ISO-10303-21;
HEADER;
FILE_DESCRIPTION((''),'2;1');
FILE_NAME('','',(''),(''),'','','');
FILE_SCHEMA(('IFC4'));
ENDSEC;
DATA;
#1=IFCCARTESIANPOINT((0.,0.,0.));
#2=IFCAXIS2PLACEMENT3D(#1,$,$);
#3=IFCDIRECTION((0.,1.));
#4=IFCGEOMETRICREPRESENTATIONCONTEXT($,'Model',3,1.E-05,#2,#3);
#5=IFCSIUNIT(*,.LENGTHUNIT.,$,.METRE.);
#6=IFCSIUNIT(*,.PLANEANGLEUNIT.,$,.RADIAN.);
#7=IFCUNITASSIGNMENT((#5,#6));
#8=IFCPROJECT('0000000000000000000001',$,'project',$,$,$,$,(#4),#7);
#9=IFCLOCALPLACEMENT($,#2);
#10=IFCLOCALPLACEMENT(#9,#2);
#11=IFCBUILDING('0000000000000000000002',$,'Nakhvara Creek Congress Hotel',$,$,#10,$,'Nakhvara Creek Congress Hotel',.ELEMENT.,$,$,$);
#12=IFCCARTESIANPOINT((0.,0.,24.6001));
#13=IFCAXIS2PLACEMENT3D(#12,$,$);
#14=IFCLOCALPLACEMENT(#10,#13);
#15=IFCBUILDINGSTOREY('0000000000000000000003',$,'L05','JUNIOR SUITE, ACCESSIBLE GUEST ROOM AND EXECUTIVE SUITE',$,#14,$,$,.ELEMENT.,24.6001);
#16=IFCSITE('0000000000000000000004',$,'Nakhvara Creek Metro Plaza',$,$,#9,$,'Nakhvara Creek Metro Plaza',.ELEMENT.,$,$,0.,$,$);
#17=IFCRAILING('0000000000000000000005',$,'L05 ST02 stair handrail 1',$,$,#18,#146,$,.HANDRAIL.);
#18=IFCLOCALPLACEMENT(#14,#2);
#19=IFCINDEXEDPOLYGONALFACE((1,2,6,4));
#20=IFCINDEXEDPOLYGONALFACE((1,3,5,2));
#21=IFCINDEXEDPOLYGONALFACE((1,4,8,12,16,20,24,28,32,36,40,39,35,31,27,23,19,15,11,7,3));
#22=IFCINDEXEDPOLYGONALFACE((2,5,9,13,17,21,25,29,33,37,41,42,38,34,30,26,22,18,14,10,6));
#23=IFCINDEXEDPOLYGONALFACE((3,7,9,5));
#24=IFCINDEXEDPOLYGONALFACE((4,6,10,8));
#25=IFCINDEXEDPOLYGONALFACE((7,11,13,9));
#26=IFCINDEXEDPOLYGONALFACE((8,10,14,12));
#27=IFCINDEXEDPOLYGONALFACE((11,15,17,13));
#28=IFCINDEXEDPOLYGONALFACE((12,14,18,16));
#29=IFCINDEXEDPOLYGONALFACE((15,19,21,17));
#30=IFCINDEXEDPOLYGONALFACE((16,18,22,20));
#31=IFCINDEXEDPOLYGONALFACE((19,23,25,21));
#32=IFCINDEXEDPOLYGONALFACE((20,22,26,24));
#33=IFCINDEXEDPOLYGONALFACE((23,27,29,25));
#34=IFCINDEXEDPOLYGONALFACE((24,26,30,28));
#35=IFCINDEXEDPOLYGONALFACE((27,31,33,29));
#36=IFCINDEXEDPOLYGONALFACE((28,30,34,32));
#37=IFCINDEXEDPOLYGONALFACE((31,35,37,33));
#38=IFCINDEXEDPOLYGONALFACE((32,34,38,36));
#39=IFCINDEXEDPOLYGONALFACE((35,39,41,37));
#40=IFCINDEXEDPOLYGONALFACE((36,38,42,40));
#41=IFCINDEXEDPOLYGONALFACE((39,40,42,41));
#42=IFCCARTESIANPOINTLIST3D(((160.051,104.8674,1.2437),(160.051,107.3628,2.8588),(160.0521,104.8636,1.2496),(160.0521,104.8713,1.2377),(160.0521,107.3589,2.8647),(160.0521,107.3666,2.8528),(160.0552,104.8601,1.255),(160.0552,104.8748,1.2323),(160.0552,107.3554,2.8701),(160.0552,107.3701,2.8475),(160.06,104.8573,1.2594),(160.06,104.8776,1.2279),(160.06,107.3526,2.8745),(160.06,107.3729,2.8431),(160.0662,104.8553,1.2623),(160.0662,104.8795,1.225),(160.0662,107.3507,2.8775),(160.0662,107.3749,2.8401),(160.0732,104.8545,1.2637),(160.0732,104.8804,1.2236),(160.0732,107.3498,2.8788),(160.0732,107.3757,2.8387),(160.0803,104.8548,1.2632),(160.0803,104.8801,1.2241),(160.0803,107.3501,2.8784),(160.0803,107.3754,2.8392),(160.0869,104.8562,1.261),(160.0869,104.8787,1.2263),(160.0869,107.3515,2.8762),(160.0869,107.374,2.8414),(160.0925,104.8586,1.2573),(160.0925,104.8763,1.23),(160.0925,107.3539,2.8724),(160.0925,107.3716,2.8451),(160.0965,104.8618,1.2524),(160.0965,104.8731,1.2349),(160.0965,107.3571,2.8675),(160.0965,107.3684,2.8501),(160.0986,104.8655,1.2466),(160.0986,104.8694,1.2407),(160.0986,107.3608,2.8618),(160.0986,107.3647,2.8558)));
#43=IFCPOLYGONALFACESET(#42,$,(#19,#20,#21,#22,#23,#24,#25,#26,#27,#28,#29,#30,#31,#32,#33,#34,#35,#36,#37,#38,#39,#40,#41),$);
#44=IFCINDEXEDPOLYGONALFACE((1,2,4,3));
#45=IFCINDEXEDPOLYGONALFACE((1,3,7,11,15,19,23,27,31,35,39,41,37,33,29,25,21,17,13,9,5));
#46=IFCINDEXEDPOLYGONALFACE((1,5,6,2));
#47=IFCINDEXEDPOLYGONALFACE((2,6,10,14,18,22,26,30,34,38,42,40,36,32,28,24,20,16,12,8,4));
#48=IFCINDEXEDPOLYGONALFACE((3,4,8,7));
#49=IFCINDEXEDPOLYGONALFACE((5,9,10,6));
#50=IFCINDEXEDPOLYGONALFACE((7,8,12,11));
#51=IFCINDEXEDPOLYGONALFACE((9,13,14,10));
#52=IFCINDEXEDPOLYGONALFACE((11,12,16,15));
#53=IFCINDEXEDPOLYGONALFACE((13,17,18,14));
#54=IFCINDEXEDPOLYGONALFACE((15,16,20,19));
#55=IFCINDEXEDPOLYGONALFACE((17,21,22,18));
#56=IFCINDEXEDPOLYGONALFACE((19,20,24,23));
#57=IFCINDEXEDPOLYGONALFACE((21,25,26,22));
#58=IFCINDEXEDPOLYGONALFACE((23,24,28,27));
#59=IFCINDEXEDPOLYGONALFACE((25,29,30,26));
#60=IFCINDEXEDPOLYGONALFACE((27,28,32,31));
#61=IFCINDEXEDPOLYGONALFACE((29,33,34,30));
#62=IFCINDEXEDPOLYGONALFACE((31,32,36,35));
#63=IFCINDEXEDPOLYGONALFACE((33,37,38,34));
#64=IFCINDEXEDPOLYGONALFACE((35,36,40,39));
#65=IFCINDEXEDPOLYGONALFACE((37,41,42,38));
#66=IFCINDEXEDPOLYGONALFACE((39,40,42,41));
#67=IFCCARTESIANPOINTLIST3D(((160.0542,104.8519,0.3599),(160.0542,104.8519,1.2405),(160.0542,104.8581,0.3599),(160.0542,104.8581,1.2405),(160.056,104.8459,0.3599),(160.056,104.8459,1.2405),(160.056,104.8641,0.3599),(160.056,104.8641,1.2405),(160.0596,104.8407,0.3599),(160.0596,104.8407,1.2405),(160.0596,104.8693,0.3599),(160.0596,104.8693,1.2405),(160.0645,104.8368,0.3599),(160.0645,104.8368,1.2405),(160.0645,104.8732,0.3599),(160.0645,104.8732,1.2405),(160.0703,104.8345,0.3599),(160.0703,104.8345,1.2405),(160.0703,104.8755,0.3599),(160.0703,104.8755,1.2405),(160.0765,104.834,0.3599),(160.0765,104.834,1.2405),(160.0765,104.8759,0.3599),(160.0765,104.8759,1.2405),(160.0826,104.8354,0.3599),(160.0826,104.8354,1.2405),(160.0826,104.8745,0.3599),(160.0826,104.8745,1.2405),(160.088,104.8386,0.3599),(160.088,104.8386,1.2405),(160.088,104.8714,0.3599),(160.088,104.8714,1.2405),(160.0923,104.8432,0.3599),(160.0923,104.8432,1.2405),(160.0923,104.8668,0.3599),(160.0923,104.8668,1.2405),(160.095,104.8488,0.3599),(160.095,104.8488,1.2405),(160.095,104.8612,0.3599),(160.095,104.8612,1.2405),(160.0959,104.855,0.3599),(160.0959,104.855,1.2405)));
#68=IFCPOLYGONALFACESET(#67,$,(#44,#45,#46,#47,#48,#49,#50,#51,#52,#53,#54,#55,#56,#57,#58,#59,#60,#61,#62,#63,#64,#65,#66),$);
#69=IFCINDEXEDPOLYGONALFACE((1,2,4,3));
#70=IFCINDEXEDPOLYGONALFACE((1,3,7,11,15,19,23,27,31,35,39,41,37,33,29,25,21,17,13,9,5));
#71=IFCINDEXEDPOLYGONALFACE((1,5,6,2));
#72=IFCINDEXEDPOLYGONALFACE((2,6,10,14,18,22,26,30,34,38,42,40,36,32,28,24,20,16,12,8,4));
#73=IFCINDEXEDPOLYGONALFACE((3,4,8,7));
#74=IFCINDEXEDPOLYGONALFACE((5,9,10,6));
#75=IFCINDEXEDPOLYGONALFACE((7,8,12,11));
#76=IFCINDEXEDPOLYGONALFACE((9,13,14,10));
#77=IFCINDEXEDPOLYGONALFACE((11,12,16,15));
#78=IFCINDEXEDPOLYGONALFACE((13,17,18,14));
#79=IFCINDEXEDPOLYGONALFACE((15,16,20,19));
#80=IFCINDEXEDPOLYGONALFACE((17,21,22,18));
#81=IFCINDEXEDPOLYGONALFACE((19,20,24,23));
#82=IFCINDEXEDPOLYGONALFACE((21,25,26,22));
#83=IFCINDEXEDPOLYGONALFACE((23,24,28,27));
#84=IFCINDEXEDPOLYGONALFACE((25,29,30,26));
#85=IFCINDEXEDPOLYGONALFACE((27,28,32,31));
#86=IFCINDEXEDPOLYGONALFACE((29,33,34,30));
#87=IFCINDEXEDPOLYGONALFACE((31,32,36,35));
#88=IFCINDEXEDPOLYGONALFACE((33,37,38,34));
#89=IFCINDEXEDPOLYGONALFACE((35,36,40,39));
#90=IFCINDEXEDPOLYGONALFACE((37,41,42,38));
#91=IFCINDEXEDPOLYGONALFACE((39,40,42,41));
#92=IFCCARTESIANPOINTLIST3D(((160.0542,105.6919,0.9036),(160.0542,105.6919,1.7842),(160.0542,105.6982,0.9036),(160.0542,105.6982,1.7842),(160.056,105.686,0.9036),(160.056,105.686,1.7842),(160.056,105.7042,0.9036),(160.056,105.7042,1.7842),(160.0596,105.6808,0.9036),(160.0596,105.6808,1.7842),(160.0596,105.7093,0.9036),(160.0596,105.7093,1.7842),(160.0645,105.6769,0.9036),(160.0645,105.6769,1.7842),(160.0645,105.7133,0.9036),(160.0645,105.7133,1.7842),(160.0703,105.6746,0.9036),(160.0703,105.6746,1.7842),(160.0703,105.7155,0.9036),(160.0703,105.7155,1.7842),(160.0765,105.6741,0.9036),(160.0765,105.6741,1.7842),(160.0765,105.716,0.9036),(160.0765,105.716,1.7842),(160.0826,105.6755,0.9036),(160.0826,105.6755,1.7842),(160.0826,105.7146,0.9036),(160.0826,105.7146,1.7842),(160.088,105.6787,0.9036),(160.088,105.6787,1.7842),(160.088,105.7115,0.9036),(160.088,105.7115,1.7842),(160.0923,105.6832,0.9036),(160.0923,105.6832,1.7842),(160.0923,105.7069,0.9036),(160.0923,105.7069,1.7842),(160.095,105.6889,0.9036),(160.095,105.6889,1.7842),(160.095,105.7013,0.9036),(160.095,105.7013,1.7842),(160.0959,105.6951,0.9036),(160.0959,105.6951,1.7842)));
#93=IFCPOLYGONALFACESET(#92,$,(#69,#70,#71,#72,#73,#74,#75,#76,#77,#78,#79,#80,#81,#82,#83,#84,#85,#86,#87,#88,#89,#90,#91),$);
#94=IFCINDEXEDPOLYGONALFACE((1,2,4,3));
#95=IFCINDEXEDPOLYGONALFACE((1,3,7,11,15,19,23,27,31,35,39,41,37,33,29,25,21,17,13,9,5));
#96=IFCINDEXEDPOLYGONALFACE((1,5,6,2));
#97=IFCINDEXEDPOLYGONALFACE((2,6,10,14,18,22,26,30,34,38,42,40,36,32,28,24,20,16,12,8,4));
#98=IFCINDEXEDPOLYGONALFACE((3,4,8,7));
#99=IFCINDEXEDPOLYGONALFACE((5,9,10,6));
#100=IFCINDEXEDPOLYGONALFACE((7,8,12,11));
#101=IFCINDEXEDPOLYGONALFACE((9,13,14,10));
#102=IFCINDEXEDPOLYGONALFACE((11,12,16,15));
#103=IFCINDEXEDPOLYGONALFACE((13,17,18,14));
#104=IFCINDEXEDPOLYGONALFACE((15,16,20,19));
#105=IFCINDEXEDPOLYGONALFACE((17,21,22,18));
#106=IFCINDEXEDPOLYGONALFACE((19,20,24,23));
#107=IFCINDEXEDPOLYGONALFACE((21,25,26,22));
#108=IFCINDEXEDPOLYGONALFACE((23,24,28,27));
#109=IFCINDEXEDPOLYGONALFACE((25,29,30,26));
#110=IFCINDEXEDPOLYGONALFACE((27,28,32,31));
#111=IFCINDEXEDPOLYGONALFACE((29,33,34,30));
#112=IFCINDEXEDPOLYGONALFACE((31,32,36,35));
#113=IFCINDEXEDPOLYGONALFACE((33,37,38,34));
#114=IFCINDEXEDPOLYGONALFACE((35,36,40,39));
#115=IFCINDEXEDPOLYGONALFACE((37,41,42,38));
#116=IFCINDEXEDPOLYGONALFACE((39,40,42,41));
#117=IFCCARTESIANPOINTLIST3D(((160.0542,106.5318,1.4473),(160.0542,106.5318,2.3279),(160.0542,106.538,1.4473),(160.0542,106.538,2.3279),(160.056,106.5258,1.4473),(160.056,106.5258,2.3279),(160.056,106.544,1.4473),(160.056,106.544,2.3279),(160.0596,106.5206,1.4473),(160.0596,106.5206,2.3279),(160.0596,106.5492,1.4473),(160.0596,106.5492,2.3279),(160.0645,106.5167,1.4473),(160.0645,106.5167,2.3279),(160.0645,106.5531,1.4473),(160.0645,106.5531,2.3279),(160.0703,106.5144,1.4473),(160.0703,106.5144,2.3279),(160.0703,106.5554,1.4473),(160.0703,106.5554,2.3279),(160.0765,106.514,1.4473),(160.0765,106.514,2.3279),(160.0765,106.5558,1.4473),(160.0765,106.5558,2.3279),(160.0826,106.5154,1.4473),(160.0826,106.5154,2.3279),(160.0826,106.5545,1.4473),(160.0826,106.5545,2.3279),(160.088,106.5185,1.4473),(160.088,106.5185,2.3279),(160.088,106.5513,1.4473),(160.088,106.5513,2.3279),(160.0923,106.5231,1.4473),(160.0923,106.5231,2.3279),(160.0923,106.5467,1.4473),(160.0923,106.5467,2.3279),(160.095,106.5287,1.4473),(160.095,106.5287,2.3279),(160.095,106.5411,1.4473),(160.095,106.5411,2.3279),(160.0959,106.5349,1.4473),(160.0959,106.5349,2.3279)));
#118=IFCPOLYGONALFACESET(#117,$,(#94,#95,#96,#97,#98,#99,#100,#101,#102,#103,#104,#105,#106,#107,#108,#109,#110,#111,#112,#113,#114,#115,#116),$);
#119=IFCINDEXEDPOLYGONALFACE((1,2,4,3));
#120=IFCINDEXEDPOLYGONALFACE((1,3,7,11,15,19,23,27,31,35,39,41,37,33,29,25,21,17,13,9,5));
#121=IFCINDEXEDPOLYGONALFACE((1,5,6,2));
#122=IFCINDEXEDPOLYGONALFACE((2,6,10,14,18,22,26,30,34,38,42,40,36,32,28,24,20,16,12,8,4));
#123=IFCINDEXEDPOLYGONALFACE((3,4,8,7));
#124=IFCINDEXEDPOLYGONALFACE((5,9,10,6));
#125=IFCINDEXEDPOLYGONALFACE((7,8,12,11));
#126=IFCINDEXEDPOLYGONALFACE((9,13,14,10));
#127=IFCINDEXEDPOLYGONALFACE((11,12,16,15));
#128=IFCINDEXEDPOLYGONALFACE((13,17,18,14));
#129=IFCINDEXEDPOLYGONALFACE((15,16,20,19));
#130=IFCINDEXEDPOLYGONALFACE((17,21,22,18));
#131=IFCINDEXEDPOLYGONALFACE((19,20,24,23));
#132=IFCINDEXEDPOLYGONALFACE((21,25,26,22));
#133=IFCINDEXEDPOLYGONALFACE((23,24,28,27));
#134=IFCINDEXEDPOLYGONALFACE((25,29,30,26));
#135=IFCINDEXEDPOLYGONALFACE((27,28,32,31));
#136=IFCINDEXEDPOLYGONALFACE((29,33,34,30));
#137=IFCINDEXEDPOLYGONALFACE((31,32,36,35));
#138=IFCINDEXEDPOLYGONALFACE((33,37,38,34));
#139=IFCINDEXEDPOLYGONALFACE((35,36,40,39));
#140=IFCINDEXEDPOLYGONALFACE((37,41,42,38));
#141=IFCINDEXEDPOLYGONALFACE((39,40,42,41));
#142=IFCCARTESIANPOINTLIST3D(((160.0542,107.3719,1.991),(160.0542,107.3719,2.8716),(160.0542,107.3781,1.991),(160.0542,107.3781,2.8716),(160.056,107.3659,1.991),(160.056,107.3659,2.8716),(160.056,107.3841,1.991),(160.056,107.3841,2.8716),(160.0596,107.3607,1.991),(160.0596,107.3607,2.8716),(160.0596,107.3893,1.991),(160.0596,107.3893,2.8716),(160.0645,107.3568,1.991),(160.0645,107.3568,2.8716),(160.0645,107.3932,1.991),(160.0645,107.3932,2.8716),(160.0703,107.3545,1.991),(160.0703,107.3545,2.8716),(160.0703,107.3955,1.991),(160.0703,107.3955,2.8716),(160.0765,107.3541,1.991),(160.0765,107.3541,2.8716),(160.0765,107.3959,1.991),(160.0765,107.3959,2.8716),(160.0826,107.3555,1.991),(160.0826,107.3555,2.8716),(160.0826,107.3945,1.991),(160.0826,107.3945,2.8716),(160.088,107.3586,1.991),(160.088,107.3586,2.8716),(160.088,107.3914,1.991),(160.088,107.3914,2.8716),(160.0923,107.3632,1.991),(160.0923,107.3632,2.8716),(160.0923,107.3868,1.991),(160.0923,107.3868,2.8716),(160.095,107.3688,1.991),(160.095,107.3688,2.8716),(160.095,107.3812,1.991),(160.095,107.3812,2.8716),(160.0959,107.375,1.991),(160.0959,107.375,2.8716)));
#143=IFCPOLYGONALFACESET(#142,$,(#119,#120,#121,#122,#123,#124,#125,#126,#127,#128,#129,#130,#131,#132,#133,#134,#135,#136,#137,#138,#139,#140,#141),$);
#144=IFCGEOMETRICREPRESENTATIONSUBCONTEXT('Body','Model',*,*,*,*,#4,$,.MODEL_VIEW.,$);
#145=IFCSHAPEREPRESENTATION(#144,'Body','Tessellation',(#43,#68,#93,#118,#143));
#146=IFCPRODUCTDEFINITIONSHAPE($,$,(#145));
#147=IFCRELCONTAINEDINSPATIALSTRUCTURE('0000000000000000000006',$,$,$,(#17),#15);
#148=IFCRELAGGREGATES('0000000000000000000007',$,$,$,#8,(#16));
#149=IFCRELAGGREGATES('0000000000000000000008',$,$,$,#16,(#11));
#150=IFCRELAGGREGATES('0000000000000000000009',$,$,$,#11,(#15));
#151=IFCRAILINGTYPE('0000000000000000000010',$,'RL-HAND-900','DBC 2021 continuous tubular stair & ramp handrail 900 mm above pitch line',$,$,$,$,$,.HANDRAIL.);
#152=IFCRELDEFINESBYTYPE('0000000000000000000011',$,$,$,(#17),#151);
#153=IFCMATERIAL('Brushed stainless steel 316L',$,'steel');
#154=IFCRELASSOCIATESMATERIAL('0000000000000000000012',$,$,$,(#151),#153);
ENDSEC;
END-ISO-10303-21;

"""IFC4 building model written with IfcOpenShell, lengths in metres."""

from ifc_helpers import new_model, si_unit, direction, frame, origin, origin_2d, place, context, subcontext, project, spatial, circle, extrude, material, type_object, element, save


model = new_model("IFC4")

# Units and contexts
model_context = context("Model", 3, precision=1e-05, world=origin(), true_north=direction((0.0, 1.0)))
body_context = subcontext(model_context, "Body", "Model", "MODEL_VIEW")
ifc_project = project(units=[si_unit("LENGTHUNIT", "METRE"), si_unit("PLANEANGLEUNIT", "RADIAN")], contexts=[model_context])

# Site, building, storey
site_placement = place(None, origin())
site = spatial("IfcSite", under=ifc_project, at=site_placement, Name="Nakhvara Creek Metro Plaza", LongName="Nakhvara Creek Metro Plaza", CompositionType="ELEMENT", RefElevation=0.0)
building_placement = place(site_placement, origin())
building = spatial("IfcBuilding", under=site, at=building_placement, Name="Nakhvara Creek Congress Hotel", LongName="Nakhvara Creek Congress Hotel", CompositionType="ELEMENT")
storey_placement = place(building_placement, frame((0.0, 0.0, 24.6001)))
storey = spatial("IfcBuildingStorey", under=building, at=storey_placement, Name="L05", Description="JUNIOR SUITE, ACCESSIBLE GUEST ROOM AND EXECUTIVE SUITE", CompositionType="ELEMENT", Elevation=24.6001)

# Railing
ifc_material_1 = material(Name="Brushed stainless steel 316L", Category="steel")
railing_type_1 = type_object("IfcRailingType", Name="RL-HAND-900", Description="DBC 2021 continuous tubular stair & ramp handrail 900 mm above pitch line", PredefinedType="HANDRAIL", material=ifc_material_1)
railing_1_placement = place(storey_placement, frame((160.075, 104.855, 0.3599)))
element("IfcRailing", 1, at=railing_1_placement, inside=storey, type_object=railing_type_1, Name="L05 ST02 stair handrail 1", PredefinedType="HANDRAIL", context=body_context, shape_type="SweptSolid", body=[
    extrude(circle(Radius=0.0239, at=origin_2d()), frame((0.0, 0.0125, 0.8838), z_axis=(0.0, 0.839494, 0.543369), x_axis=(-1.0, 0.0, 0.0)), (0.0, 0.0, 1.0), 2.9724),
    extrude(circle(Radius=0.021, at=origin_2d()), origin(), (0.0, 0.0, 1.0), 0.8806),
    extrude(circle(Radius=0.021, at=origin_2d()), frame((0.0, 0.8401, 0.5437)), (0.0, 0.0, 1.0), 0.8806),
    extrude(circle(Radius=0.021, at=origin_2d()), frame((0.0, 1.6799, 1.0874)), (0.0, 0.0, 1.0), 0.8806),
    extrude(circle(Radius=0.021, at=origin_2d()), frame((0.0, 2.52, 1.6311)), (0.0, 0.0, 1.0), 0.8806),
])

save(model, "model.ifc")
